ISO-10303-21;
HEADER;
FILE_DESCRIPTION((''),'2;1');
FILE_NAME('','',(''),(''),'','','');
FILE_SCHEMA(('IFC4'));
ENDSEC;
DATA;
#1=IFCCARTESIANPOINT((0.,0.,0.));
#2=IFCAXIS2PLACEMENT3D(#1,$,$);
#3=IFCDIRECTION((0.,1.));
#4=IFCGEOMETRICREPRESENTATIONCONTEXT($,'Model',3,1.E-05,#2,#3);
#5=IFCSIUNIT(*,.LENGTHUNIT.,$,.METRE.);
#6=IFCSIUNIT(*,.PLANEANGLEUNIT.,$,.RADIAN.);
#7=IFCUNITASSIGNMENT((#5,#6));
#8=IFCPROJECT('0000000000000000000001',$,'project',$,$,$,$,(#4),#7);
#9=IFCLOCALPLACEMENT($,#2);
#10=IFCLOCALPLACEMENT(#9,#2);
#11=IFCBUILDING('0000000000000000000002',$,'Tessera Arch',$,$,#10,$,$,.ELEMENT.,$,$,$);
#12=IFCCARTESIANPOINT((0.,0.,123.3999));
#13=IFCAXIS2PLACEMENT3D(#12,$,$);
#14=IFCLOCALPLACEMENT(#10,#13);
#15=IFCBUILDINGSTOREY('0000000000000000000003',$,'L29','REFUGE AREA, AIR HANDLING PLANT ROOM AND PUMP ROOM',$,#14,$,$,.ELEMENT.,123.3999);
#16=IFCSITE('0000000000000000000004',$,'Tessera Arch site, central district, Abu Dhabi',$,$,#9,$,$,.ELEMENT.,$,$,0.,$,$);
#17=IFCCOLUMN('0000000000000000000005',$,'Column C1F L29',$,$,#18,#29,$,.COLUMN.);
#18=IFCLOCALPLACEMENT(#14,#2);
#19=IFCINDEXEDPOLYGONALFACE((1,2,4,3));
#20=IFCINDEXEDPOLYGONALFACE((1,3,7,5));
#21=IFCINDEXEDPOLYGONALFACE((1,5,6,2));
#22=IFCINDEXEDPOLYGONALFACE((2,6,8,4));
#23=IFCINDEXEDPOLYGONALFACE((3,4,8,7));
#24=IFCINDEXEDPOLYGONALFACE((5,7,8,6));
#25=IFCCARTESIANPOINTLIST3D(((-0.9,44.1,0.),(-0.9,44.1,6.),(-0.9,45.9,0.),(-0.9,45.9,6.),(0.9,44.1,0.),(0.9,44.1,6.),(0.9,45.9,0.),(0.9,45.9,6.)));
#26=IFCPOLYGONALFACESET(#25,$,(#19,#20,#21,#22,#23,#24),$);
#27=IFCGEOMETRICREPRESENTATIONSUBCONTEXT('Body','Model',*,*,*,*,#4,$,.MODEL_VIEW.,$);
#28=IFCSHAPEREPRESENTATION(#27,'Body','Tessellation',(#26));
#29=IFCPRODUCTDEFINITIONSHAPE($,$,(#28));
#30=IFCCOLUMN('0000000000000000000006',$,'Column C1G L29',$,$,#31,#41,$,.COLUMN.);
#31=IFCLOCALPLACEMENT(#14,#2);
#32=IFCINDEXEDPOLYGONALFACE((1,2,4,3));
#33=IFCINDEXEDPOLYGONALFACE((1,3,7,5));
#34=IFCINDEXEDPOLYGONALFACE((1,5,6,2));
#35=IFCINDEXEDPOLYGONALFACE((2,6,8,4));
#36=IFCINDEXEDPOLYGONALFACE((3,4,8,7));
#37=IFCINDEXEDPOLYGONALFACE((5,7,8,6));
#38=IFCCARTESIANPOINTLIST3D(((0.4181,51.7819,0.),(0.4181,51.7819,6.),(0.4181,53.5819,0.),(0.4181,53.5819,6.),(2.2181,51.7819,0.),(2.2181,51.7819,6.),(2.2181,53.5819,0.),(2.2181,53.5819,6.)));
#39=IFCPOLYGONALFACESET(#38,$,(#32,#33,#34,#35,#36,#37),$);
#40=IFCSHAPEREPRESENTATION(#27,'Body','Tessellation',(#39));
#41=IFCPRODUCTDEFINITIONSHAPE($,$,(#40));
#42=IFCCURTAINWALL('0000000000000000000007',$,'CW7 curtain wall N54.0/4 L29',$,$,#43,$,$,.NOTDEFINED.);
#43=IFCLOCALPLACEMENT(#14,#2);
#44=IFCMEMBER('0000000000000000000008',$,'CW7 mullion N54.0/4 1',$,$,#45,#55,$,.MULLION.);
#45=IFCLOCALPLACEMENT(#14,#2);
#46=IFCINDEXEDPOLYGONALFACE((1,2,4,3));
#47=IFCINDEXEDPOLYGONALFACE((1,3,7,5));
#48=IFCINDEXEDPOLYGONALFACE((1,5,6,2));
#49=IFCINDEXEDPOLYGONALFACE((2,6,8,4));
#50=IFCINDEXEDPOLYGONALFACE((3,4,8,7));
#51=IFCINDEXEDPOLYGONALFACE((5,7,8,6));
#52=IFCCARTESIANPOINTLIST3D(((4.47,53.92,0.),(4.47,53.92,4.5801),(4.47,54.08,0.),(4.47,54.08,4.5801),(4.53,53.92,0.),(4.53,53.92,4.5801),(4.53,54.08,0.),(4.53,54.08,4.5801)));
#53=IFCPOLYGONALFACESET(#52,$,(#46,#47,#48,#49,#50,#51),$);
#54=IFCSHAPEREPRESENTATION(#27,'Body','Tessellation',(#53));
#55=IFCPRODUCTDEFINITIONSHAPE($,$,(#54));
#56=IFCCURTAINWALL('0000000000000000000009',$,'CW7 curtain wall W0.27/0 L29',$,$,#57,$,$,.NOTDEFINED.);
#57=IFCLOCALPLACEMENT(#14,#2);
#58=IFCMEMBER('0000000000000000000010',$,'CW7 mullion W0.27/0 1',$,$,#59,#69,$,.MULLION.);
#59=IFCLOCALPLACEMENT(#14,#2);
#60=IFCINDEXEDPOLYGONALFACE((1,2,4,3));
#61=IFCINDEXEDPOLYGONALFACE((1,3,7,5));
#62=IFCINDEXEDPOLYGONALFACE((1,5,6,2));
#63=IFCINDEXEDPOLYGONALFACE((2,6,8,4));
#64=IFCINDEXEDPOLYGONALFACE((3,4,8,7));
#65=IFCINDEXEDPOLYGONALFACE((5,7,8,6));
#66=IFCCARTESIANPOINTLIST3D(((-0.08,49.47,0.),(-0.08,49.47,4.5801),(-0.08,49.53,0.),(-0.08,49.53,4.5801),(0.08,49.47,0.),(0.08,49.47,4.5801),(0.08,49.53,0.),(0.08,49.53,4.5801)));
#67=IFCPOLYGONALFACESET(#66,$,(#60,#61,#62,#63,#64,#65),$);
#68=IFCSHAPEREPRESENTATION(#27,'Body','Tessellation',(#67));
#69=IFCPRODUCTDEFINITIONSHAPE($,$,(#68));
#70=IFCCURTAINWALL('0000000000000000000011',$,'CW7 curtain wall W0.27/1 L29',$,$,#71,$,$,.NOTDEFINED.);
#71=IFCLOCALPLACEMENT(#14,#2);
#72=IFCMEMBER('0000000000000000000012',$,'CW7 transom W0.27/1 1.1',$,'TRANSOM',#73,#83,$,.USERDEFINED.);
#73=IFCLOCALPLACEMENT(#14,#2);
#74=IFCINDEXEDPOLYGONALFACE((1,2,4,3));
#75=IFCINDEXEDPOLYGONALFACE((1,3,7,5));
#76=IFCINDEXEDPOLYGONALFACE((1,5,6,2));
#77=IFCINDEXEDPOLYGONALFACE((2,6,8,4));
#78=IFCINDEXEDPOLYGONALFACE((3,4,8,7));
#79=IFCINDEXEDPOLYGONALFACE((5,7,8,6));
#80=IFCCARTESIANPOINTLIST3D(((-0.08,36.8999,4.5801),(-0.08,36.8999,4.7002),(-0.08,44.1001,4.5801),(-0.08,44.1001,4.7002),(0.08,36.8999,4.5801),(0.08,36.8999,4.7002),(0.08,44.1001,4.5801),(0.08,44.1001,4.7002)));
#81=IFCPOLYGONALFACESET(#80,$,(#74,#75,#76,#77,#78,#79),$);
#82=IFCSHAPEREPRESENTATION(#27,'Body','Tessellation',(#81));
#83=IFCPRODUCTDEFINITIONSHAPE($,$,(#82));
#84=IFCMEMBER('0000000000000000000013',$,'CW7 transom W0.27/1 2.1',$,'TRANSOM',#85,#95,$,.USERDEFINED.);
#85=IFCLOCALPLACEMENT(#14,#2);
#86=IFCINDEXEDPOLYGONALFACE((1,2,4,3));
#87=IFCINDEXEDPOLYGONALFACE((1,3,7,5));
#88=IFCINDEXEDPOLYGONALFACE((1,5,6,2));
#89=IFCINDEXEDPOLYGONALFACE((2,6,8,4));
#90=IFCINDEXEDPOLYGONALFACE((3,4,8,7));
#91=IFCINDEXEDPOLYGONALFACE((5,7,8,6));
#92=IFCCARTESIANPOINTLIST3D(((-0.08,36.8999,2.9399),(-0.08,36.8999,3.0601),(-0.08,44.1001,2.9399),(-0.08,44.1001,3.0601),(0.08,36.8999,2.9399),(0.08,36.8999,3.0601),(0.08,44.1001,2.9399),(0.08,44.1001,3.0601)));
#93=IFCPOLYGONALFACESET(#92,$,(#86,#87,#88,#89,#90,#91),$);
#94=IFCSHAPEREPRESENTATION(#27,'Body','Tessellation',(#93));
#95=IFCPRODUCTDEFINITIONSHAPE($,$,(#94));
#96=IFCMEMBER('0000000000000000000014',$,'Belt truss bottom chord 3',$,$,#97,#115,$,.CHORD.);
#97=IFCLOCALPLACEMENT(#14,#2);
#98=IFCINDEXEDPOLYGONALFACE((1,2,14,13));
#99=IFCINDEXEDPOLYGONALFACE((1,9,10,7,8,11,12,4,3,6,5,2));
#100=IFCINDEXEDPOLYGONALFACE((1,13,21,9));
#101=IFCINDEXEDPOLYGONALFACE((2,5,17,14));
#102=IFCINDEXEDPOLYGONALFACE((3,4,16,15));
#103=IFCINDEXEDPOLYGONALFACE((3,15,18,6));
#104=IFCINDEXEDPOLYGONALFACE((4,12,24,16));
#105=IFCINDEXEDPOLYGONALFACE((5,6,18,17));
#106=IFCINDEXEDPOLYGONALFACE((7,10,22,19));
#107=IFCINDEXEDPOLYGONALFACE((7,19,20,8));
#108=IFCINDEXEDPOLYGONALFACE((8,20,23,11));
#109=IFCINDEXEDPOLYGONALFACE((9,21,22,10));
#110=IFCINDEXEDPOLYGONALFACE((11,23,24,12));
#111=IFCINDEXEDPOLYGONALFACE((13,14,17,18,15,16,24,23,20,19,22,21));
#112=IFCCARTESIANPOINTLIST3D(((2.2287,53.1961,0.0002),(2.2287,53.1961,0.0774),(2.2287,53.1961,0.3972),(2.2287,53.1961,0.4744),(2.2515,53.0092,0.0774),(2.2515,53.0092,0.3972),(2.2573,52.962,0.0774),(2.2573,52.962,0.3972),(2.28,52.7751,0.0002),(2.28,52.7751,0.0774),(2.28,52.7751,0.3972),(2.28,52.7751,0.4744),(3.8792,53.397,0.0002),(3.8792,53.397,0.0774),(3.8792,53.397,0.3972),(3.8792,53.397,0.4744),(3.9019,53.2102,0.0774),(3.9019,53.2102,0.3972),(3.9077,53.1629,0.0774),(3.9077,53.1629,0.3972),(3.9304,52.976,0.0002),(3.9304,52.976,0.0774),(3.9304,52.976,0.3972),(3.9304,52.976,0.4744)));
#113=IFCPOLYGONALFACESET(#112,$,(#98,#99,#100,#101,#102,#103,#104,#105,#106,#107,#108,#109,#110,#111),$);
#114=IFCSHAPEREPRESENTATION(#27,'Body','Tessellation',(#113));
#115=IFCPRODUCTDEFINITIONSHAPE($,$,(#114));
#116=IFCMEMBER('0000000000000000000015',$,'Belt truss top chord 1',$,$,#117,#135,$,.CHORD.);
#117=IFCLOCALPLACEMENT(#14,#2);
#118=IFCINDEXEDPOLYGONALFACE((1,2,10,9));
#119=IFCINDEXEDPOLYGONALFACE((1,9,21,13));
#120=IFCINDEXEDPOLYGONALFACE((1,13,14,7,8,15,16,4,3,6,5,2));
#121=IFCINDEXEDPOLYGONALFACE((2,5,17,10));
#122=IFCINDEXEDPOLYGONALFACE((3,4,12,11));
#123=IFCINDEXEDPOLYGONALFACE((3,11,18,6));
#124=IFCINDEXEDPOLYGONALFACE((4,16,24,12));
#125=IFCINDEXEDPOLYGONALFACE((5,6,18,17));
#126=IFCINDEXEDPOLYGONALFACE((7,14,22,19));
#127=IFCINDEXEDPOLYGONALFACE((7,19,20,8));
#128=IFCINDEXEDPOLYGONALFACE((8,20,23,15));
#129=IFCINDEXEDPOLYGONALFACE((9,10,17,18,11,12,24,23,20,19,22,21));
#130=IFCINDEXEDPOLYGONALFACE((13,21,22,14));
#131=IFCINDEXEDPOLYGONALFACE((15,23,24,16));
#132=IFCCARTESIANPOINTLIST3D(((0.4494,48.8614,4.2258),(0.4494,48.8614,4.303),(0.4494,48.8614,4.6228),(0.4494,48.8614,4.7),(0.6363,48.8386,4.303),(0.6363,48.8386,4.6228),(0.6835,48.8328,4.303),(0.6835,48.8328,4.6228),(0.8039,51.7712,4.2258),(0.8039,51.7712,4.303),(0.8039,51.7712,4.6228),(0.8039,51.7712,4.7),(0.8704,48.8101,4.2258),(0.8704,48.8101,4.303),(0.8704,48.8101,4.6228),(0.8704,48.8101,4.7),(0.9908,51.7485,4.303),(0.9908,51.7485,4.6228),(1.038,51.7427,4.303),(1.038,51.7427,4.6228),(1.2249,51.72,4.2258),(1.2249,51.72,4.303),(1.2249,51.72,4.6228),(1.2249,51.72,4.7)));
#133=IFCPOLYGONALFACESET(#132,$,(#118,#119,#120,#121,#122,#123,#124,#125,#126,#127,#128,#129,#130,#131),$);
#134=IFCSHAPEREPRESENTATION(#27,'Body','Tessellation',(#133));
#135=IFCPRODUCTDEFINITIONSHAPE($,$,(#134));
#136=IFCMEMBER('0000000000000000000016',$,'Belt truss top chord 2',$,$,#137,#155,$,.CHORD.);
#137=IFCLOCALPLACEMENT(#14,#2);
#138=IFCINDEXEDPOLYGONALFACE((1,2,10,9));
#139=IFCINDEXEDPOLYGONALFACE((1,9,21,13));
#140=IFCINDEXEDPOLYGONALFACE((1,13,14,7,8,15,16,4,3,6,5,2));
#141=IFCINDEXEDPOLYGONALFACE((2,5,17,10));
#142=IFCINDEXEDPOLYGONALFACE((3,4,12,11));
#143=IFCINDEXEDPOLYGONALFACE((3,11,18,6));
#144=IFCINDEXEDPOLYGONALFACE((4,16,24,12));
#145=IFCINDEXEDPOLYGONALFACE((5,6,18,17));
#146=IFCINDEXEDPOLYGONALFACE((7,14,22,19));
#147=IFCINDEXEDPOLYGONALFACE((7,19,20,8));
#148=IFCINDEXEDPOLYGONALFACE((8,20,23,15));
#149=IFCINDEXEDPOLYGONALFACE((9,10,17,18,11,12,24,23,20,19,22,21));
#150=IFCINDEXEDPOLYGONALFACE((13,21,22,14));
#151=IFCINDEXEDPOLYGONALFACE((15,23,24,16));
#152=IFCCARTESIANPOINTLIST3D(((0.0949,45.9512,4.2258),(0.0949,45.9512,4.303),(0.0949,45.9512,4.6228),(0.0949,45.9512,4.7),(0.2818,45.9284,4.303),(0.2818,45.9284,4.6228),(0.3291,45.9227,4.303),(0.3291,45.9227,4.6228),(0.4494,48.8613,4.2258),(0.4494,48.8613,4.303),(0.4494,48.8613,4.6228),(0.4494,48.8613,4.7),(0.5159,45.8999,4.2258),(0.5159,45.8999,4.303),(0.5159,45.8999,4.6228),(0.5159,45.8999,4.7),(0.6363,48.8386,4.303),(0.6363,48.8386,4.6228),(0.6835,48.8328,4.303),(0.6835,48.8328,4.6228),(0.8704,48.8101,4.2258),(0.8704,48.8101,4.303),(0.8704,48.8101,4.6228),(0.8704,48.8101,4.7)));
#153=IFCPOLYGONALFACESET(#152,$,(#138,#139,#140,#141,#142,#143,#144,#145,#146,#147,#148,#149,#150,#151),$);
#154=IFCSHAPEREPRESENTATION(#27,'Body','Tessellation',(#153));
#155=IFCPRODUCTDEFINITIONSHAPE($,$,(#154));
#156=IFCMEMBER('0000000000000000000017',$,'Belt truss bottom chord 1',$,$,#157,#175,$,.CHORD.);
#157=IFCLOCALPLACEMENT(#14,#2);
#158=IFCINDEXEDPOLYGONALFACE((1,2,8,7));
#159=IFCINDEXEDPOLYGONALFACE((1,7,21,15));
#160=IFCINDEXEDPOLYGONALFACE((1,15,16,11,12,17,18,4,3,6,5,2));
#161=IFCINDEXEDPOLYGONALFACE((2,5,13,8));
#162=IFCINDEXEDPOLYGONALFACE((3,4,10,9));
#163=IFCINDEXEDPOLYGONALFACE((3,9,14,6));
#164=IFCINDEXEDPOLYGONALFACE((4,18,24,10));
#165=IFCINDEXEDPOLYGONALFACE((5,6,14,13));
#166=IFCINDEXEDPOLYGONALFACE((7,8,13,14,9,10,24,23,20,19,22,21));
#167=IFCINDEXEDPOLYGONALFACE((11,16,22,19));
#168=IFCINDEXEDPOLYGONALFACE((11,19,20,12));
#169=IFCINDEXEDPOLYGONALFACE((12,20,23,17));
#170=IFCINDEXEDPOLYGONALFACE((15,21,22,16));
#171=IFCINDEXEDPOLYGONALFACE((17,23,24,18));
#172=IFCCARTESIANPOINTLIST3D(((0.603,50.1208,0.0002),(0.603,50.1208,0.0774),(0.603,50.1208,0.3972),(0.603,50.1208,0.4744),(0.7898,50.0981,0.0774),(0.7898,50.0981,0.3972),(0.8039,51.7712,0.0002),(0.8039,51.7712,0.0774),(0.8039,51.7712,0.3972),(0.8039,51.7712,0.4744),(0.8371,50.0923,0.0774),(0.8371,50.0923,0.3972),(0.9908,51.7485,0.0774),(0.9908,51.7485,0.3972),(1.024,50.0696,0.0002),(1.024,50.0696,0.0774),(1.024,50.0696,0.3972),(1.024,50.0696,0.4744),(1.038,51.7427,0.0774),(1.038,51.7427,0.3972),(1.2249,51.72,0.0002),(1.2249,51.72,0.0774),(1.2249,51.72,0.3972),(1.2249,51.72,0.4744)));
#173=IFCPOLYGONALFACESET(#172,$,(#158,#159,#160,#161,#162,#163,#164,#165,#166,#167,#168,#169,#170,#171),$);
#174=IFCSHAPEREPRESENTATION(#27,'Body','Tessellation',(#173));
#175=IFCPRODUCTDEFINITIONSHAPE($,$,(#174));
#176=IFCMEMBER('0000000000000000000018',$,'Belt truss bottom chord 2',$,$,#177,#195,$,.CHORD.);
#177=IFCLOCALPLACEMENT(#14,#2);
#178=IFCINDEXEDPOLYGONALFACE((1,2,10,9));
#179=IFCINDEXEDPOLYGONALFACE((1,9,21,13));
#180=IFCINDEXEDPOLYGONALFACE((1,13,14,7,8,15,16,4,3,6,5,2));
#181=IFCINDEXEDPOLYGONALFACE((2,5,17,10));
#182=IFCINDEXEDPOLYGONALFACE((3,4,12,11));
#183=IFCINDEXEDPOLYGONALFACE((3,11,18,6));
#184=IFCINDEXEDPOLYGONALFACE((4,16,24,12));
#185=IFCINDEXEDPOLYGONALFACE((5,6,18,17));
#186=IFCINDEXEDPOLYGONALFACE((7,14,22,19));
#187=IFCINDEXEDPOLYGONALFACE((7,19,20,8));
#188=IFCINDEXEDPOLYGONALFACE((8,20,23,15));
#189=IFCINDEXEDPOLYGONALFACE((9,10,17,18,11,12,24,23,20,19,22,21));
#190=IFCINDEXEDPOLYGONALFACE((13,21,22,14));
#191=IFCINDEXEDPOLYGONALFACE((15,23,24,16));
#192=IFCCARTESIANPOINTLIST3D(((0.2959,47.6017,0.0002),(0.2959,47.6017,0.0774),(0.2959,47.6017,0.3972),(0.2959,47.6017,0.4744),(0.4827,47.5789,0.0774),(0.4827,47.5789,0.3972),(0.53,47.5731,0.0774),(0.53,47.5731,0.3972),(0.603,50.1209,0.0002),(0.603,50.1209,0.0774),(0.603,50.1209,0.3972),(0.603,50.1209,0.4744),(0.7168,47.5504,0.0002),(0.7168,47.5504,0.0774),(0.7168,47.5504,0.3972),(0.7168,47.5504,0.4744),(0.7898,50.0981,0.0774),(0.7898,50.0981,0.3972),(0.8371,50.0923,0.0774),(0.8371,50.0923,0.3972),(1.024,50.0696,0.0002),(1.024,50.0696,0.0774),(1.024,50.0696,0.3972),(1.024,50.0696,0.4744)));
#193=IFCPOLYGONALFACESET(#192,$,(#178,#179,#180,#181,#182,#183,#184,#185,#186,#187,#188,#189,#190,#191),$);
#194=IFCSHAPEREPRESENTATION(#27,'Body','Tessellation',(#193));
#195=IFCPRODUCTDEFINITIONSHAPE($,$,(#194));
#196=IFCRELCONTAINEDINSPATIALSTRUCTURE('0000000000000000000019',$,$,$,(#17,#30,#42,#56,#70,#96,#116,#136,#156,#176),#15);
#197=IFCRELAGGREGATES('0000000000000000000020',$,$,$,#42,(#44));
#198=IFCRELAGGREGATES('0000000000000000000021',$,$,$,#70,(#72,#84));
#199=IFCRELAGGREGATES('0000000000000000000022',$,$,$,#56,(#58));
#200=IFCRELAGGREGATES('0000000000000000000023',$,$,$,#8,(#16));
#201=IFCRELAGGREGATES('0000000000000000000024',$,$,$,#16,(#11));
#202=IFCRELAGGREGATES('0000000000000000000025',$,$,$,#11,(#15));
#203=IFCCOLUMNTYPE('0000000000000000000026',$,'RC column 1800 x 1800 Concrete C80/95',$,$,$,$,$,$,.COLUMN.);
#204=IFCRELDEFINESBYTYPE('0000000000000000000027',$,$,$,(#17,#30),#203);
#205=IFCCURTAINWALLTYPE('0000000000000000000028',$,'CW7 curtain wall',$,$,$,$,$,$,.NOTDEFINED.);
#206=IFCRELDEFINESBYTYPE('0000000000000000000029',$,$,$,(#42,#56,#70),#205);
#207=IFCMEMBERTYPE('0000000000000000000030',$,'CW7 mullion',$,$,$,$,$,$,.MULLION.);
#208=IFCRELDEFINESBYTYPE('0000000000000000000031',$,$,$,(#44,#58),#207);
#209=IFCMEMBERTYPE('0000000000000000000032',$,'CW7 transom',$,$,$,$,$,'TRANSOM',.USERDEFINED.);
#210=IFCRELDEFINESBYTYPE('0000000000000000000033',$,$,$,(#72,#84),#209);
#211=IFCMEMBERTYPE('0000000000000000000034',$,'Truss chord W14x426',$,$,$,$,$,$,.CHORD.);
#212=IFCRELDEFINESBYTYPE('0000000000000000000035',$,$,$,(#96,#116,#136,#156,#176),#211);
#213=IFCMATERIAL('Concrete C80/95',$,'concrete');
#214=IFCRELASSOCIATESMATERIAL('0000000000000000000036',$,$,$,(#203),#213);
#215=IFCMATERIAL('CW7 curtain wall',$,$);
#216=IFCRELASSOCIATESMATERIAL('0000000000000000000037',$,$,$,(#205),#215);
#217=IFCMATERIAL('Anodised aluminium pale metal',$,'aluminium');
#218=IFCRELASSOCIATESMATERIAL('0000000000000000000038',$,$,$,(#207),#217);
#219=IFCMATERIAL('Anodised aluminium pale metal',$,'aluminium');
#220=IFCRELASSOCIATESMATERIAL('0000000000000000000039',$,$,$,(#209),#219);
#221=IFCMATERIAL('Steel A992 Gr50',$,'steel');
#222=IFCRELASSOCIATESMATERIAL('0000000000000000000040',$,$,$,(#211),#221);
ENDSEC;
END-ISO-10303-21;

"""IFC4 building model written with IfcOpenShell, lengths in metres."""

from ifc_helpers import new_model, si_unit, direction, frame, origin, origin_2d, place, context, subcontext, project, spatial, rectangle, i_section, extrude, material, material_profile, profile_set, type_object, element, aggregate, save


model = new_model("IFC4")

# Units and contexts
model_context = context("Model", 3, precision=1e-05, world=origin(), true_north=direction((0.0, 1.0)))
body_context = subcontext(model_context, "Body", "Model", "MODEL_VIEW")
ifc_project = project(units=[si_unit("LENGTHUNIT", "METRE"), si_unit("PLANEANGLEUNIT", "RADIAN")], contexts=[model_context])

# Site, building, storey
site_placement = place(None, origin())
site = spatial("IfcSite", under=ifc_project, at=site_placement, Name="Tessera Arch site, central district, Abu Dhabi", CompositionType="ELEMENT", RefElevation=0.0)
building_placement = place(site_placement, origin())
building = spatial("IfcBuilding", under=site, at=building_placement, Name="Tessera Arch", CompositionType="ELEMENT")
storey_placement = place(building_placement, frame((0.0, 0.0, 123.3999)))
storey = spatial("IfcBuildingStorey", under=building, at=storey_placement, Name="L29", Description="REFUGE AREA, AIR HANDLING PLANT ROOM AND PUMP ROOM", CompositionType="ELEMENT", Elevation=123.3999)

# Columns
ifc_material_1 = material(Name="Concrete C80/95", Category="concrete")
ifc_material_profile_1 = material_profile(ifc_material_1, rectangle(XDim=1.8, YDim=1.8, at=origin_2d()), Name="RC column 1800 x 1800 Concrete C80/95")
ifc_profile_set_1 = profile_set([ifc_material_profile_1], Name="Concrete C80/95")
column_type = type_object("IfcColumnType", Name="RC column 1800 x 1800 Concrete C80/95", PredefinedType="COLUMN", material=ifc_profile_set_1)
for number, where, z_axis, x_axis, name in (
    (1, (0.0, 45.0, 0.0), (0.0, 0.0, 1.0), (1.0, 0.0, 0.0), "Column C1F L29"),
    (2, (1.3181, 52.6819, 0.0), (0.0, 0.0, 1.0), (1.0, 0.0, 0.0), "Column C1G L29"),
):
    element("IfcColumn", number, at=place(storey_placement, frame(where, z_axis=z_axis, x_axis=x_axis)), inside=storey, type_object=column_type, Name=name, PredefinedType="COLUMN", context=body_context, shape_type="SweptSolid", body=[
        extrude(rectangle(XDim=1.8, YDim=1.8, at=origin_2d()), origin(), (0.0, 0.0, 1.0), 6.0),
    ])

# Curtain walls, members
ifc_material_2 = material(Name="CW7 curtain wall")
curtain_wall_type = type_object("IfcCurtainWallType", Name="CW7 curtain wall", PredefinedType="NOTDEFINED", material=ifc_material_2)
curtain_wall_1_placement = place(storey_placement, origin())
curtain_wall_1 = element("IfcCurtainWall", 3, at=curtain_wall_1_placement, inside=storey, type_object=curtain_wall_type, Name="CW7 curtain wall N54.0/4 L29", PredefinedType="NOTDEFINED")
ifc_material_3 = material(Name="Anodised aluminium pale metal", Category="aluminium")
ifc_material_profile_2 = material_profile(ifc_material_3, rectangle(XDim=0.1599, YDim=0.0601, at=origin_2d()), Name="AL 60x160")
ifc_profile_set_2 = profile_set([ifc_material_profile_2], Name="Anodised aluminium pale metal")
member_type_1 = type_object("IfcMemberType", Name="CW7 mullion", PredefinedType="MULLION", material=ifc_profile_set_2)
member_1_placement = place(storey_placement, frame((4.5, 54.0, 0.0), z_axis=(0.0, 0.0, 1.0), x_axis=(0.0, -1.0, 0.0)))
member_1 = element("IfcMember", 4, at=member_1_placement, type_object=member_type_1, Name="CW7 mullion N54.0/4 1", PredefinedType="MULLION", context=body_context, shape_type="SweptSolid", body=[
    extrude(rectangle(XDim=0.1599, YDim=0.0601, at=origin_2d()), origin(), (0.0, 0.0, 1.0), 4.5801),
])
aggregate(curtain_wall_1, [member_1])
curtain_wall_2_placement = place(storey_placement, origin())
curtain_wall_2 = element("IfcCurtainWall", 5, at=curtain_wall_2_placement, inside=storey, type_object=curtain_wall_type, Name="CW7 curtain wall W0.27/0 L29", PredefinedType="NOTDEFINED")
member_2_placement = place(storey_placement, frame((0.0, 49.5, 0.0), z_axis=(0.0, 0.0, 1.0), x_axis=(1.0, 0.0, 0.0)))
member_2 = element("IfcMember", 6, at=member_2_placement, type_object=member_type_1, Name="CW7 mullion W0.27/0 1", PredefinedType="MULLION", context=body_context, shape_type="SweptSolid", body=[
    extrude(rectangle(XDim=0.1599, YDim=0.0601, at=origin_2d()), origin(), (0.0, 0.0, 1.0), 4.5801),
])

# Curtain wall, members
curtain_wall_3_placement = place(storey_placement, origin())
curtain_wall_3 = element("IfcCurtainWall", 7, at=curtain_wall_3_placement, inside=storey, type_object=curtain_wall_type, Name="CW7 curtain wall W0.27/1 L29", PredefinedType="NOTDEFINED")
ifc_material_4 = material(Name="Anodised aluminium pale metal", Category="aluminium")
ifc_material_profile_3 = material_profile(ifc_material_4, rectangle(XDim=0.1599, YDim=0.1201, at=origin_2d()), Name="AL 160x120")
ifc_profile_set_3 = profile_set([ifc_material_profile_3], Name="Anodised aluminium pale metal")
member_type_2 = type_object("IfcMemberType", Name="CW7 transom", ElementType="TRANSOM", PredefinedType="USERDEFINED", material=ifc_profile_set_3)
member_3_placement = place(storey_placement, frame((0.0, 44.1001, 4.6401), z_axis=(0.0, -1.0, 0.0), x_axis=(1.0, 0.0, 0.0)))
member_3 = element("IfcMember", 8, at=member_3_placement, type_object=member_type_2, Name="CW7 transom W0.27/1 1.1", ObjectType="TRANSOM", PredefinedType="USERDEFINED", context=body_context, shape_type="SweptSolid", body=[
    extrude(rectangle(XDim=0.1599, YDim=0.1201, at=origin_2d()), origin(), (0.0, 0.0, 1.0), 7.2002),
])
member_4_placement = place(storey_placement, frame((0.0, 44.1001, 3.0), z_axis=(0.0, -1.0, 0.0), x_axis=(1.0, 0.0, 0.0)))
member_4 = element("IfcMember", 9, at=member_4_placement, type_object=member_type_2, Name="CW7 transom W0.27/1 2.1", ObjectType="TRANSOM", PredefinedType="USERDEFINED", context=body_context, shape_type="SweptSolid", body=[
    extrude(rectangle(XDim=0.1599, YDim=0.1201, at=origin_2d()), origin(), (0.0, 0.0, 1.0), 7.2002),
])
aggregate(curtain_wall_3, [member_3, member_4])

# Members
ifc_material_5 = material(Name="Steel A992 Gr50", Category="steel")
ifc_material_profile_4 = material_profile(ifc_material_5, i_section(OverallWidth=0.4241, OverallDepth=0.4741, WebThickness=0.0476, FlangeThickness=0.0771, at=origin_2d()), Name="W14x426")
ifc_profile_set_4 = profile_set([ifc_material_profile_4], Name="Steel A992 Gr50")
member_type_3 = type_object("IfcMemberType", Name="Truss chord W14x426", PredefinedType="CHORD", material=ifc_profile_set_4)
member_5_placement = place(storey_placement, frame((3.9048, 53.1865, 0.2373), z_axis=(-0.99267, -0.120853, 0.0), x_axis=(0.120853, -0.99267, 0.0)))
element("IfcMember", 10, at=member_5_placement, inside=storey, type_object=member_type_3, Name="Belt truss bottom chord 3", PredefinedType="CHORD", context=body_context, shape_type="SweptSolid", body=[
    extrude(i_section(OverallWidth=0.4241, OverallDepth=0.4741, WebThickness=0.0476, FlangeThickness=0.0771, at=origin_2d()), origin(), (0.0, 0.0, 1.0), 1.6626),
])
member_6_placement = place(storey_placement, frame((1.0144, 51.7456, 4.4629), z_axis=(-0.120928, -0.992661, 0.0), x_axis=(0.992661, -0.120928, 0.0)))
element("IfcMember", 11, at=member_6_placement, inside=storey, type_object=member_type_3, Name="Belt truss top chord 1", PredefinedType="CHORD", context=body_context, shape_type="SweptSolid", body=[
    extrude(i_section(OverallWidth=0.4241, OverallDepth=0.4741, WebThickness=0.0476, FlangeThickness=0.0771, at=origin_2d()), origin(), (0.0, 0.0, 1.0), 2.9314),
])
member_7_placement = place(storey_placement, frame((0.6599, 48.8357, 4.4629), z_axis=(-0.120918, -0.992662, 0.0), x_axis=(0.992662, -0.120918, 0.0)))
element("IfcMember", 12, at=member_7_placement, inside=storey, type_object=member_type_3, Name="Belt truss top chord 2", PredefinedType="CHORD", context=body_context, shape_type="SweptSolid", body=[
    extrude(i_section(OverallWidth=0.4241, OverallDepth=0.4741, WebThickness=0.0476, FlangeThickness=0.0771, at=origin_2d()), origin(), (0.0, 0.0, 1.0), 2.9316),
])
member_8_placement = place(storey_placement, frame((1.0144, 51.7456, 0.2373), z_axis=(-0.120853, -0.99267, 0.0), x_axis=(0.99267, -0.120853, 0.0)))
element("IfcMember", 13, at=member_8_placement, inside=storey, type_object=member_type_3, Name="Belt truss bottom chord 1", PredefinedType="CHORD", context=body_context, shape_type="SweptSolid", body=[
    extrude(i_section(OverallWidth=0.4241, OverallDepth=0.4741, WebThickness=0.0476, FlangeThickness=0.0771, at=origin_2d()), origin(), (0.0, 0.0, 1.0), 1.6626),
])
member_9_placement = place(storey_placement, frame((0.8135, 50.0952, 0.2373), z_axis=(-0.121015, -0.992651, 0.0), x_axis=(0.992651, -0.121015, 0.0)))
element("IfcMember", 14, at=member_9_placement, inside=storey, type_object=member_type_3, Name="Belt truss bottom chord 2", PredefinedType="CHORD", context=body_context, shape_type="SweptSolid", body=[
    extrude(i_section(OverallWidth=0.4241, OverallDepth=0.4741, WebThickness=0.0476, FlangeThickness=0.0771, at=origin_2d()), origin(), (0.0, 0.0, 1.0), 2.5378),
])

aggregate(curtain_wall_2, [member_2])

save(model, "model.ifc")
